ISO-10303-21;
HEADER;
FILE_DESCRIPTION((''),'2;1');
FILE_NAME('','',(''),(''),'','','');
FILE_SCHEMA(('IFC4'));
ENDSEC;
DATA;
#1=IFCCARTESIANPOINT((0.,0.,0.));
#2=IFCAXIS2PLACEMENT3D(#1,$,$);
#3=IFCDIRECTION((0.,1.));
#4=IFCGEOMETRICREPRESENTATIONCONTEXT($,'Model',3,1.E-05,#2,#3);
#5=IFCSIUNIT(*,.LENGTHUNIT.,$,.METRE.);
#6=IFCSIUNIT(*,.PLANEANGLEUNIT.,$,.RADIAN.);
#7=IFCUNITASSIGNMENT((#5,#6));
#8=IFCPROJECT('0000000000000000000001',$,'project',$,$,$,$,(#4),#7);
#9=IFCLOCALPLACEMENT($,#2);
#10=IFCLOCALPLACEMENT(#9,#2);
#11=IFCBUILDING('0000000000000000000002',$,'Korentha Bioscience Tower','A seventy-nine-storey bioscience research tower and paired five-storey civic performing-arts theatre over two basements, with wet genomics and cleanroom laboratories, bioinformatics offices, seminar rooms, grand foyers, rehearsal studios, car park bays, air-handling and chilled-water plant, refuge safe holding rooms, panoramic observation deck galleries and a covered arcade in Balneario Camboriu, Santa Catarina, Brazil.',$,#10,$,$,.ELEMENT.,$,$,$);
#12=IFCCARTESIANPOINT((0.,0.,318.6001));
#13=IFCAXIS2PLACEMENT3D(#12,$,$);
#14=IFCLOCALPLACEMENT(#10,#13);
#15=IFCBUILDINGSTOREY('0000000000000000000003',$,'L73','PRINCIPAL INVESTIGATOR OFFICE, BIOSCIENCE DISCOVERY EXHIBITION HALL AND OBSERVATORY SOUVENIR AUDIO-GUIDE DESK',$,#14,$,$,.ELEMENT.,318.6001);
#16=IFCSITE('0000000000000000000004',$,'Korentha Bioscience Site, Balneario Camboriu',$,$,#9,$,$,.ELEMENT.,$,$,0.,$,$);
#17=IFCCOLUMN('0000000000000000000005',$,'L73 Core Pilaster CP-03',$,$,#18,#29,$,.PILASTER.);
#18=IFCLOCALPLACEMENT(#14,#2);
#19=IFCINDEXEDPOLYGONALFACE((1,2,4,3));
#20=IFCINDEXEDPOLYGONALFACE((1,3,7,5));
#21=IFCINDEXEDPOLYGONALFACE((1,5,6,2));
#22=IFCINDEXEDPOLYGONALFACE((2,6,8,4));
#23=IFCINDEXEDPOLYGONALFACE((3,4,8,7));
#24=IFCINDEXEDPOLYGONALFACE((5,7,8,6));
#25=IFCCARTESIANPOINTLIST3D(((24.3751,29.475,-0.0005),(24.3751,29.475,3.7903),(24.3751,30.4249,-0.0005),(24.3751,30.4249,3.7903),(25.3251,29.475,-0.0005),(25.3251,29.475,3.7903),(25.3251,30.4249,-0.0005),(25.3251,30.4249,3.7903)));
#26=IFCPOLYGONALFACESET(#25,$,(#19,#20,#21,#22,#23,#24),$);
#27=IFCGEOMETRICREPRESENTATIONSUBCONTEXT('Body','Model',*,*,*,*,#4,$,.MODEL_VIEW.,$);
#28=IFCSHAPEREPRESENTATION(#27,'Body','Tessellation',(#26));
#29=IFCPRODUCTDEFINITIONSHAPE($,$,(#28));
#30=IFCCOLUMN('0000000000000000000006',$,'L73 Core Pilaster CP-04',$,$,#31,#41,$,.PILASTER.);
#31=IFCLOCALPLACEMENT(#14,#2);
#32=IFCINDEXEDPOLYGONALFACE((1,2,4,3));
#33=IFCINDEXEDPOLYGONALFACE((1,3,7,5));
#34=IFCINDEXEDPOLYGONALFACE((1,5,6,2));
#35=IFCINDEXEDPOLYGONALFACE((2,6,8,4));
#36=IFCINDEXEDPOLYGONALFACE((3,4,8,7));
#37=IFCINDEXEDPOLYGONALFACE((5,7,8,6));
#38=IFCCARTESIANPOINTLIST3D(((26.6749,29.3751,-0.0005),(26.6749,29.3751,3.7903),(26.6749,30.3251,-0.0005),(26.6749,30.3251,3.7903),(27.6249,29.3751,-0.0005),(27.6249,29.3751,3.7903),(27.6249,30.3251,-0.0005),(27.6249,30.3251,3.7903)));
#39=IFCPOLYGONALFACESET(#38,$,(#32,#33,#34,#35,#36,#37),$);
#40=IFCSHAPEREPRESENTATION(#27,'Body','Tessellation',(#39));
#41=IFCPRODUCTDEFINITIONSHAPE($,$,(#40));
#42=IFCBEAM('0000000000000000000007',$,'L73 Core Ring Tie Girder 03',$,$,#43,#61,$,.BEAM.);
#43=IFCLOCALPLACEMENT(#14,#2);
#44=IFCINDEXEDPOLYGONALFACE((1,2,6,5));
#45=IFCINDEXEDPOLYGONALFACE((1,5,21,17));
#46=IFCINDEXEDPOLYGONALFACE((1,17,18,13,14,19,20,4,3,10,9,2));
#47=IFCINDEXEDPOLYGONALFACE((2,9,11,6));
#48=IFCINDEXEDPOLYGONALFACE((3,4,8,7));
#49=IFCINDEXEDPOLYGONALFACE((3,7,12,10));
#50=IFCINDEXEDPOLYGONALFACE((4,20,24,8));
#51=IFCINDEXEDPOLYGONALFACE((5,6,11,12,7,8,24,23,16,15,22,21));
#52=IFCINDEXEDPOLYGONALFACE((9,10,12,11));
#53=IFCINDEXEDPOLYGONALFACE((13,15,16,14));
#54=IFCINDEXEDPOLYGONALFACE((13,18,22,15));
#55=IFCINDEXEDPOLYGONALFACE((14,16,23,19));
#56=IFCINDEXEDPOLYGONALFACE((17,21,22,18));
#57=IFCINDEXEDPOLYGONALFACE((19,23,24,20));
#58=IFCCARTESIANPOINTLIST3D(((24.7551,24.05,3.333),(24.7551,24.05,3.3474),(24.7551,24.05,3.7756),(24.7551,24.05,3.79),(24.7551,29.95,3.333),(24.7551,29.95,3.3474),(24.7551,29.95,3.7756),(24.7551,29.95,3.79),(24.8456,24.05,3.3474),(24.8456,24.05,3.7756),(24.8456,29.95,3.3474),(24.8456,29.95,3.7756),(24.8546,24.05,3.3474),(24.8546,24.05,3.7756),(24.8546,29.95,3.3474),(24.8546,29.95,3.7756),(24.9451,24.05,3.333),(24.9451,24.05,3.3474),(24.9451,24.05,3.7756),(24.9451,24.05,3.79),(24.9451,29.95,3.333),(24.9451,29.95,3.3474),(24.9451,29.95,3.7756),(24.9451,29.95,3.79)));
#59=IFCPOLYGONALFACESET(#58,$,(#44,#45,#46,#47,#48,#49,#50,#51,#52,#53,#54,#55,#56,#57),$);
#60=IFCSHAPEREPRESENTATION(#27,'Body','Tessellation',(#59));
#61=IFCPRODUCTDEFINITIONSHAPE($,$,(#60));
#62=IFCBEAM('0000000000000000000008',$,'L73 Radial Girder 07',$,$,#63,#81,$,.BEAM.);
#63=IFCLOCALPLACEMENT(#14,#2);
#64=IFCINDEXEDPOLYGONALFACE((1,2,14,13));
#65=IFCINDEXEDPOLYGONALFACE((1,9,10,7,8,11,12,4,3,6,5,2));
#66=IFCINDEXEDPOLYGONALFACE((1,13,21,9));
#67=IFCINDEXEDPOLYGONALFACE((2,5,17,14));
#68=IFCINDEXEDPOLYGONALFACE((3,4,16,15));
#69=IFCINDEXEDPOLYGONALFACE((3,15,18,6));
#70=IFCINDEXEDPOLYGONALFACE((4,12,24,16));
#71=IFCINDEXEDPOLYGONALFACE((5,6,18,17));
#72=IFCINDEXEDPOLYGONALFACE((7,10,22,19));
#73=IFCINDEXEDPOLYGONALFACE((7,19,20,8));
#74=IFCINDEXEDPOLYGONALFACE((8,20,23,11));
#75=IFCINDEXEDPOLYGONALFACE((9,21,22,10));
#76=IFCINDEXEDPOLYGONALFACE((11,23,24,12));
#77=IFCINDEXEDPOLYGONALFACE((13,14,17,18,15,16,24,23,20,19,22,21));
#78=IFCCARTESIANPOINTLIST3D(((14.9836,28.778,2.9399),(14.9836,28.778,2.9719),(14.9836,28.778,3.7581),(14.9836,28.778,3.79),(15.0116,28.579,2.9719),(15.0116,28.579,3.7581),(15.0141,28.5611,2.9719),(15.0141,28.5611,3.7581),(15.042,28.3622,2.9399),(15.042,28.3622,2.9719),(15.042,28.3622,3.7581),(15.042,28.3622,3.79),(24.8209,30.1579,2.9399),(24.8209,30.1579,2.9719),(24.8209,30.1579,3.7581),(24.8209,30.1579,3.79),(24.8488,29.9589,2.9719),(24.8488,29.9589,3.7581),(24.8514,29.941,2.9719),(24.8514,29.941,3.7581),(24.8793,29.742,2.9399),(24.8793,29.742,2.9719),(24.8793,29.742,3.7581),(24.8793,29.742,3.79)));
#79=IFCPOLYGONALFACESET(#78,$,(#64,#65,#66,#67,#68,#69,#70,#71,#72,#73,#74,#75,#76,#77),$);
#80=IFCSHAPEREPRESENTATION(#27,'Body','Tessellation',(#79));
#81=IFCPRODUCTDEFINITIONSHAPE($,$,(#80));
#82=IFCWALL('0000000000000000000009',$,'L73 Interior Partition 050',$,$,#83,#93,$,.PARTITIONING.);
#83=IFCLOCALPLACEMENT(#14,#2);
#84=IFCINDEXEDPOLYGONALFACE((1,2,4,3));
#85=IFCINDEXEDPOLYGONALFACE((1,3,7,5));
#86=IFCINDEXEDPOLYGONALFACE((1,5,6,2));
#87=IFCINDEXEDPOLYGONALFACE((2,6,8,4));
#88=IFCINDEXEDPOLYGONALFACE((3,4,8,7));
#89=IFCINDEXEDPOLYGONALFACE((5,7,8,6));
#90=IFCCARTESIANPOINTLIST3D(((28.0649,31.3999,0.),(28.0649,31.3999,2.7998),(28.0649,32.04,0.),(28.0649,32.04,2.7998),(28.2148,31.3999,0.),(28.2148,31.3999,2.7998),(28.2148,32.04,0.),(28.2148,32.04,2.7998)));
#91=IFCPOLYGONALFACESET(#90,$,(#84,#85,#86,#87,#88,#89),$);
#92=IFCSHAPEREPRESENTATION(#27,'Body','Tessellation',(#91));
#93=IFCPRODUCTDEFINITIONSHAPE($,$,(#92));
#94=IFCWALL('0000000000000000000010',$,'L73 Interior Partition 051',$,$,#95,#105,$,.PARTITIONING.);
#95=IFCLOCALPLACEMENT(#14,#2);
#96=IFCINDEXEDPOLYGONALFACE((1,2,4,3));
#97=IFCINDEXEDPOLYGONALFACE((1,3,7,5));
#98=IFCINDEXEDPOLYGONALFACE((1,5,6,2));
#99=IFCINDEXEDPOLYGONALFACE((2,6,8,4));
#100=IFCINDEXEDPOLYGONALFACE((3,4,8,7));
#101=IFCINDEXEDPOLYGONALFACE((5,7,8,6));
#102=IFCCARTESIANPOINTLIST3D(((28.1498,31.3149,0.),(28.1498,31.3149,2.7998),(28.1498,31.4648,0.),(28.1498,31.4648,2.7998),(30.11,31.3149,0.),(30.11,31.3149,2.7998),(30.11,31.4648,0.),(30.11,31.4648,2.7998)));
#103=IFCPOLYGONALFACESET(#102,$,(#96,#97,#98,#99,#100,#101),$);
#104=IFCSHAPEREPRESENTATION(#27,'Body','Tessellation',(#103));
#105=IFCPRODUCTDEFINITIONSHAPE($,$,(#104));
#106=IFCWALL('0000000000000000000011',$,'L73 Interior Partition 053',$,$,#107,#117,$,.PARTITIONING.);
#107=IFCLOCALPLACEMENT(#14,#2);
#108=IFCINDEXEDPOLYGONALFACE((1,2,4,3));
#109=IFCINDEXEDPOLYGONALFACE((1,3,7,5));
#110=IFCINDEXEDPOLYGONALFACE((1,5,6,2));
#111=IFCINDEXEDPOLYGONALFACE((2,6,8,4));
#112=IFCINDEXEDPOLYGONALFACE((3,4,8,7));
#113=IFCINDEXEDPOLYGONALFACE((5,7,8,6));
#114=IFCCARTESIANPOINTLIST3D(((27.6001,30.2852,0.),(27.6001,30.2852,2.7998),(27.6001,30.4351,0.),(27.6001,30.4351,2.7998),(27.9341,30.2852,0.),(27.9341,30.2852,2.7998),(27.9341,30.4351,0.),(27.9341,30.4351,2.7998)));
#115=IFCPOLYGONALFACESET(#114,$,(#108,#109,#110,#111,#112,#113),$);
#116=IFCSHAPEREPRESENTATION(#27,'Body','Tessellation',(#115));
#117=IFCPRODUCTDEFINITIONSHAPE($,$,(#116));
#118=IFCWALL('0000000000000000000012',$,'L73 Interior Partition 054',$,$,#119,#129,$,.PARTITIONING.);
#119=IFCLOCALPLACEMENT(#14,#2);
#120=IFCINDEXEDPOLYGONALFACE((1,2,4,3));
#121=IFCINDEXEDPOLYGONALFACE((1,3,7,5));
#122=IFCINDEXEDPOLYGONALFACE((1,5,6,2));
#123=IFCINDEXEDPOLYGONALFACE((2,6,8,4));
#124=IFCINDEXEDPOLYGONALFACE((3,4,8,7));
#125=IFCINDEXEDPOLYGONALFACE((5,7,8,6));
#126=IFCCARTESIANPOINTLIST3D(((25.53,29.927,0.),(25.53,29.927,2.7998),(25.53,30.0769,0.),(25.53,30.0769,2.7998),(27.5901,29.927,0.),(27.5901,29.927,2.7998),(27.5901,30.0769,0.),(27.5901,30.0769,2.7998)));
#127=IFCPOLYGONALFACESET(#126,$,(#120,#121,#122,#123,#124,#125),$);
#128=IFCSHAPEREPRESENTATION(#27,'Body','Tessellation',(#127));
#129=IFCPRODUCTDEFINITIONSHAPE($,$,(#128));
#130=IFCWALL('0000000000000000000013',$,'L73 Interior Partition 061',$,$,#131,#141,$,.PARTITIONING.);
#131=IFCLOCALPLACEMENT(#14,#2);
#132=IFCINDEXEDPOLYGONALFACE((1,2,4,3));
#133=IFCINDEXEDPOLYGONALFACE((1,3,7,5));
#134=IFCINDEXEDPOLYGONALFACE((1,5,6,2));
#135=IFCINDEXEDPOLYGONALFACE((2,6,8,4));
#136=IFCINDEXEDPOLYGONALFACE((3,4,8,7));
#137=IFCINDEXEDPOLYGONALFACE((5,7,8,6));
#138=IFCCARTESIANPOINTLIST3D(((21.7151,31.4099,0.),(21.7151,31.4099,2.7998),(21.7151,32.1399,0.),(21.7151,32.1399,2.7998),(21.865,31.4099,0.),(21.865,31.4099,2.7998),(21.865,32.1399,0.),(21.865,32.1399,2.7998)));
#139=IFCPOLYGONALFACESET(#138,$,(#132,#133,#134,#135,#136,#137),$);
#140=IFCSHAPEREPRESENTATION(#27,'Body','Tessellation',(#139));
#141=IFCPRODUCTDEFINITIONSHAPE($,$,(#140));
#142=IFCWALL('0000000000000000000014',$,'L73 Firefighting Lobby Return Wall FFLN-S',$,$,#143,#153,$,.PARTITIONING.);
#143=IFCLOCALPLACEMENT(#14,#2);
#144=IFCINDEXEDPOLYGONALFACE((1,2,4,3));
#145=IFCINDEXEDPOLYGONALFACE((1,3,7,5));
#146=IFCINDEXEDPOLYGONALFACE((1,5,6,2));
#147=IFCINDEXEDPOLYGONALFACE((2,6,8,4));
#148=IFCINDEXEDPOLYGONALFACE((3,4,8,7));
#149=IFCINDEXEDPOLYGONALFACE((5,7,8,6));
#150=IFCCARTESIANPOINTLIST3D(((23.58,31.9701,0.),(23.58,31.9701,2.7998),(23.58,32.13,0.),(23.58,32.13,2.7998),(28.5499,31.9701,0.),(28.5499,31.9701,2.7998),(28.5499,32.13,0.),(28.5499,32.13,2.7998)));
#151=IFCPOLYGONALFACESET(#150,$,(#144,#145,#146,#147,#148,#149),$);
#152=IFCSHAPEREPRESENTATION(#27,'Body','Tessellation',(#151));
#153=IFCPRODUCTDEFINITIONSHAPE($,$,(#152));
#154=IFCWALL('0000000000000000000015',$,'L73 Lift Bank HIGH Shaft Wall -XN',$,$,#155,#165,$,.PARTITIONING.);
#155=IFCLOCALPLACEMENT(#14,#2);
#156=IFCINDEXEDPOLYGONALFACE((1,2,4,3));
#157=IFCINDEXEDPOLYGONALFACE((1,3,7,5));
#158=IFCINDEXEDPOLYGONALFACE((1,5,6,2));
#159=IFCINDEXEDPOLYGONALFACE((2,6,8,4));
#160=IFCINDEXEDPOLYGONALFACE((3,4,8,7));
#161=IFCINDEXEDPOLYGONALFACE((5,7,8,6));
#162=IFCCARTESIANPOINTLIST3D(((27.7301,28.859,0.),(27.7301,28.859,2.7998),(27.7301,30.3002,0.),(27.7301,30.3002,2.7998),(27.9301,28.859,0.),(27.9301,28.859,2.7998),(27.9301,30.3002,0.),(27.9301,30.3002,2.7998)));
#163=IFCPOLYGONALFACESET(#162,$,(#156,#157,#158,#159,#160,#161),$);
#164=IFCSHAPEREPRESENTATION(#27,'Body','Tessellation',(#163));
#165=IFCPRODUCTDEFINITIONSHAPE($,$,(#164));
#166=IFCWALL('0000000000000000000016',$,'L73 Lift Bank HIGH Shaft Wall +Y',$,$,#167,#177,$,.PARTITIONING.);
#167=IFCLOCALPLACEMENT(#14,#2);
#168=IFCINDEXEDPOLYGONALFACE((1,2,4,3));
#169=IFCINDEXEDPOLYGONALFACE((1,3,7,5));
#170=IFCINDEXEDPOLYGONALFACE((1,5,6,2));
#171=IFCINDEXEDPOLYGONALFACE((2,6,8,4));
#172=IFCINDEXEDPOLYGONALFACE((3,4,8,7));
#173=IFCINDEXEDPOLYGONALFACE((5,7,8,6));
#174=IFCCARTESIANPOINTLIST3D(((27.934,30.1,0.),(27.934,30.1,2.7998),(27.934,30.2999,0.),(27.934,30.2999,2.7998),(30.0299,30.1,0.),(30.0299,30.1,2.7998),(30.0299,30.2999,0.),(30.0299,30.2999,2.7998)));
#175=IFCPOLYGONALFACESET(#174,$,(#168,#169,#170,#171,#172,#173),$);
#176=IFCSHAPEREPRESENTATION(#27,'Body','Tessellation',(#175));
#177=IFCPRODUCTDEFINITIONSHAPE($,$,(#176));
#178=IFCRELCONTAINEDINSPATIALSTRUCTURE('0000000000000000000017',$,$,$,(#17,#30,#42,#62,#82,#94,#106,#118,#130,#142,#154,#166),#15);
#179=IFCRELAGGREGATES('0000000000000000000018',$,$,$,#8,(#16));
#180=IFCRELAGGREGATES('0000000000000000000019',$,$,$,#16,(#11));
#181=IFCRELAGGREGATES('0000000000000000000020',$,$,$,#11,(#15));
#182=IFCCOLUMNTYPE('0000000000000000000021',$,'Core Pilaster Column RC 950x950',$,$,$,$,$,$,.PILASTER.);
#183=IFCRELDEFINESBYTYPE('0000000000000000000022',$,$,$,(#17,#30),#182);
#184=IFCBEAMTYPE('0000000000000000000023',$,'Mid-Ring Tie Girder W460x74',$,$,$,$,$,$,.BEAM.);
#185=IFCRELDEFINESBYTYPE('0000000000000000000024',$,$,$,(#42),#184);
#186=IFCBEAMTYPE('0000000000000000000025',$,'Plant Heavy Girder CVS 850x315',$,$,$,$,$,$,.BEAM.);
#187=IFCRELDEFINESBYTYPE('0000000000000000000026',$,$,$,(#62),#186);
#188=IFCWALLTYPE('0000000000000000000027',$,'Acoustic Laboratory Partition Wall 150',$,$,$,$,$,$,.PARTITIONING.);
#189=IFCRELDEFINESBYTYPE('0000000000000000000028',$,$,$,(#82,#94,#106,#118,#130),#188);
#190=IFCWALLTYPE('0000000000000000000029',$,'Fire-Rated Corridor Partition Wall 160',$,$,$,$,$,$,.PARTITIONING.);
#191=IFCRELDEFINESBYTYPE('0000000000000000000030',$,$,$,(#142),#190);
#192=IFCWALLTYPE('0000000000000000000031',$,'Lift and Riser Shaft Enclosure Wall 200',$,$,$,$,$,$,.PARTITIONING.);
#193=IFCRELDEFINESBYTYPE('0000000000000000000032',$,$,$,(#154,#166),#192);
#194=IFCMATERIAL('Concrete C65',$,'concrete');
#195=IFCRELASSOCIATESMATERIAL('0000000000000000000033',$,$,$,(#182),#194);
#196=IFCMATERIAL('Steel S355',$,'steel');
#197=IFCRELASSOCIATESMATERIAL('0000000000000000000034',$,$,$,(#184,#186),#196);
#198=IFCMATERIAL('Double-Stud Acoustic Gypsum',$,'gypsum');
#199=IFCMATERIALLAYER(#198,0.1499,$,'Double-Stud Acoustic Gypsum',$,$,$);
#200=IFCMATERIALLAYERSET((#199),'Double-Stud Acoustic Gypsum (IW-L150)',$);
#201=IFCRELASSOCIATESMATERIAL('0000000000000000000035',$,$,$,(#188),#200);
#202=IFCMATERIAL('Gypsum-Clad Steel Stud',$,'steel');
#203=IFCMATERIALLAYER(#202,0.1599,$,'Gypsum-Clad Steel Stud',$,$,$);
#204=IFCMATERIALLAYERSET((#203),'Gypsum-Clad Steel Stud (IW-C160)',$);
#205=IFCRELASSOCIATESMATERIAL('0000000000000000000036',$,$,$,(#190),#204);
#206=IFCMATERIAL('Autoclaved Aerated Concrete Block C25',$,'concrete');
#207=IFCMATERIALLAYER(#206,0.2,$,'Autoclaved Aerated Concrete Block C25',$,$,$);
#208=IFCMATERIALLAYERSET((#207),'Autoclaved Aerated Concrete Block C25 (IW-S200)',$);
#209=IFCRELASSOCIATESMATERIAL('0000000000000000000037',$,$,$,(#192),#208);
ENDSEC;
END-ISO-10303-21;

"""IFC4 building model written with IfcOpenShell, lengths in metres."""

from ifc_helpers import new_model, si_unit, direction, frame, frame_2d, origin, origin_2d, place, context, subcontext, project, spatial, rectangle, i_section, extrude, material, layer, layer_set, material_profile, profile_set, type_object, element, save


model = new_model("IFC4")

# Units and contexts
model_context = context("Model", 3, precision=1e-05, world=origin(), true_north=direction((0.0, 1.0)))
body_context = subcontext(model_context, "Body", "Model", "MODEL_VIEW")
ifc_project = project(units=[si_unit("LENGTHUNIT", "METRE"), si_unit("PLANEANGLEUNIT", "RADIAN")], contexts=[model_context])

# Site, building, storey
site_placement = place(None, origin())
site = spatial("IfcSite", under=ifc_project, at=site_placement, Name="Korentha Bioscience Site, Balneario Camboriu", CompositionType="ELEMENT", RefElevation=0.0)
building_placement = place(site_placement, origin())
building = spatial("IfcBuilding", under=site, at=building_placement, Name="Korentha Bioscience Tower", Description="A seventy-nine-storey bioscience research tower and paired five-storey civic performing-arts theatre over two basements, with wet genomics and cleanroom laboratories, bioinformatics offices, seminar rooms, grand foyers, rehearsal studios, car park bays, air-handling and chilled-water plant, refuge safe holding rooms, panoramic observation deck galleries and a covered arcade in Balneario Camboriu, Santa Catarina, Brazil.", CompositionType="ELEMENT")
storey_placement = place(building_placement, frame((0.0, 0.0, 318.6001)))
storey = spatial("IfcBuildingStorey", under=building, at=storey_placement, Name="L73", Description="PRINCIPAL INVESTIGATOR OFFICE, BIOSCIENCE DISCOVERY EXHIBITION HALL AND OBSERVATORY SOUVENIR AUDIO-GUIDE DESK", CompositionType="ELEMENT", Elevation=318.6001)

# Columns
ifc_material_1 = material(Name="Concrete C65", Category="concrete")
ifc_material_profile_1 = material_profile(ifc_material_1, rectangle(XDim=0.95, YDim=0.95, at=origin_2d()), Name="Concrete C65")
ifc_profile_set_1 = profile_set([ifc_material_profile_1], Name="Concrete C65 (COL-CP09)")
column_type = type_object("IfcColumnType", Name="Core Pilaster Column RC 950x950", PredefinedType="PILASTER", material=ifc_profile_set_1)
for number, where, z_axis, x_axis, name in (
    (1, (24.8501, 29.95, -0.0005), (0.0, 0.0, 1.0), (1.0, 0.0, 0.0), "L73 Core Pilaster CP-03"),
    (2, (27.1499, 29.8501, -0.0005), (0.0, 0.0, 1.0), (1.0, 0.0, 0.0), "L73 Core Pilaster CP-04"),
):
    element("IfcColumn", number, at=place(storey_placement, frame(where, z_axis=z_axis, x_axis=x_axis)), inside=storey, type_object=column_type, Name=name, PredefinedType="PILASTER", context=body_context, shape_type="SweptSolid", body=[
        extrude(rectangle(XDim=0.95, YDim=0.95, at=origin_2d()), origin(), (0.0, 0.0, 1.0), 3.7908),
    ])

# Beams
ifc_material_2 = material(Name="Steel S355", Category="steel")
ifc_material_profile_2 = material_profile(ifc_material_2, i_section(OverallWidth=0.1899, OverallDepth=0.457, WebThickness=0.009, FlangeThickness=0.0144, at=origin_2d()), Name="Steel S355")
ifc_profile_set_2 = profile_set([ifc_material_profile_2], Name="Steel S355 (MB-460)")
beam_type_1 = type_object("IfcBeamType", Name="Mid-Ring Tie Girder W460x74", PredefinedType="BEAM", material=ifc_profile_set_2)
beam_1_placement = place(storey_placement, frame((24.8501, 29.95, 3.5615), z_axis=(0.0, -1.0, 0.0), x_axis=(1.0, 0.0, 0.0)))
element("IfcBeam", 3, at=beam_1_placement, inside=storey, type_object=beam_type_1, Name="L73 Core Ring Tie Girder 03", PredefinedType="BEAM", context=body_context, shape_type="SweptSolid", body=[
    extrude(i_section(OverallWidth=0.1899, OverallDepth=0.457, WebThickness=0.009, FlangeThickness=0.0144, at=origin_2d()), origin(), (0.0, 0.0, 1.0), 5.8999),
])
ifc_material_profile_3 = material_profile(ifc_material_2, i_section(OverallWidth=0.4199, OverallDepth=0.8501, WebThickness=0.0181, FlangeThickness=0.032, at=origin_2d()), Name="Steel S355")
ifc_profile_set_3 = profile_set([ifc_material_profile_3], Name="Steel S355 (MB-850)")
beam_type_2 = type_object("IfcBeamType", Name="Plant Heavy Girder CVS 850x315", PredefinedType="BEAM", material=ifc_profile_set_3)
beam_2_placement = place(storey_placement, frame((24.8501, 29.95, 3.365), z_axis=(-0.990305, -0.138909, 0.0), x_axis=(0.138909, -0.990305, 0.0)))
element("IfcBeam", 4, at=beam_2_placement, inside=storey, type_object=beam_type_2, Name="L73 Radial Girder 07", PredefinedType="BEAM", context=body_context, shape_type="SweptSolid", body=[
    extrude(i_section(OverallWidth=0.4199, OverallDepth=0.8501, WebThickness=0.0181, FlangeThickness=0.032, at=origin_2d()), origin(), (0.0, 0.0, 1.0), 9.9336),
])

# Shared definitions
ifc_material_3 = material(Name="Double-Stud Acoustic Gypsum", Category="gypsum")
ifc_layer_1 = layer(ifc_material_3, 0.1499, Name="Double-Stud Acoustic Gypsum")
ifc_layer_set_1 = layer_set([ifc_layer_1], Name="Double-Stud Acoustic Gypsum (IW-L150)")
wall_type_1 = type_object("IfcWallType", Name="Acoustic Laboratory Partition Wall 150", PredefinedType="PARTITIONING", material=ifc_layer_set_1)

# Walls
wall_1_placement = place(storey_placement, frame((28.1399, 32.04, 0.0), z_axis=(0.0, 0.0, 1.0), x_axis=(0.0, -1.0, 0.0)))
element("IfcWall", 5, at=wall_1_placement, inside=storey, type_object=wall_type_1, Name="L73 Interior Partition 050", PredefinedType="PARTITIONING", context=body_context, shape_type="SweptSolid", body=[
    extrude(rectangle(XDim=0.6401, YDim=0.1499, at=frame_2d((0.3201, 0.0))), origin(), (0.0, 0.0, 1.0), 2.7998),
])
wall_2_placement = place(storey_placement, frame((28.1499, 31.3899, 0.0), z_axis=(0.0, 0.0, 1.0), x_axis=(1.0, 0.0, 0.0)))
element("IfcWall", 6, at=wall_2_placement, inside=storey, type_object=wall_type_1, Name="L73 Interior Partition 051", PredefinedType="PARTITIONING", context=body_context, shape_type="SweptSolid", body=[
    extrude(rectangle(XDim=1.9602, YDim=0.1499, at=frame_2d((0.98, 0.0))), origin(), (0.0, 0.0, 1.0), 2.7998),
])
wall_3_placement = place(storey_placement, frame((27.9341, 30.3601, 0.0), z_axis=(0.0, 0.0, 1.0), x_axis=(-1.0, 0.0, 0.0)))
element("IfcWall", 7, at=wall_3_placement, inside=storey, type_object=wall_type_1, Name="L73 Interior Partition 053", PredefinedType="PARTITIONING", context=body_context, shape_type="SweptSolid", body=[
    extrude(rectangle(XDim=0.334, YDim=0.1499, at=frame_2d((0.167, 0.0))), origin(), (0.0, 0.0, 1.0), 2.7998),
])
wall_4_placement = place(storey_placement, frame((27.5901, 30.002, 0.0), z_axis=(0.0, 0.0, 1.0), x_axis=(-1.0, 0.0, 0.0)))
element("IfcWall", 8, at=wall_4_placement, inside=storey, type_object=wall_type_1, Name="L73 Interior Partition 054", PredefinedType="PARTITIONING", context=body_context, shape_type="SweptSolid", body=[
    extrude(rectangle(XDim=2.0601, YDim=0.1499, at=frame_2d((1.03, 0.0))), origin(), (0.0, 0.0, 1.0), 2.7998),
])
wall_5_placement = place(storey_placement, frame((21.79, 32.1399, 0.0), z_axis=(0.0, 0.0, 1.0), x_axis=(0.0, -1.0, 0.0)))
element("IfcWall", 9, at=wall_5_placement, inside=storey, type_object=wall_type_1, Name="L73 Interior Partition 061", PredefinedType="PARTITIONING", context=body_context, shape_type="SweptSolid", body=[
    extrude(rectangle(XDim=0.73, YDim=0.1499, at=frame_2d((0.365, 0.0))), origin(), (0.0, 0.0, 1.0), 2.7998),
])

# Shared definitions
ifc_material_4 = material(Name="Gypsum-Clad Steel Stud", Category="steel")
ifc_layer_2 = layer(ifc_material_4, 0.1599, Name="Gypsum-Clad Steel Stud")
ifc_layer_set_2 = layer_set([ifc_layer_2], Name="Gypsum-Clad Steel Stud (IW-C160)")
wall_type_2 = type_object("IfcWallType", Name="Fire-Rated Corridor Partition Wall 160", PredefinedType="PARTITIONING", material=ifc_layer_set_2)

# Walls
wall_6_placement = place(storey_placement, frame((23.5801, 32.05, 0.0), z_axis=(0.0, 0.0, 1.0), x_axis=(1.0, 0.0, 0.0)))
element("IfcWall", 10, at=wall_6_placement, inside=storey, type_object=wall_type_2, Name="L73 Firefighting Lobby Return Wall FFLN-S", PredefinedType="PARTITIONING", context=body_context, shape_type="SweptSolid", body=[
    extrude(rectangle(XDim=4.97, YDim=0.1599, at=frame_2d((2.4849, 0.0))), origin(), (0.0, 0.0, 1.0), 2.7998),
])
ifc_material_5 = material(Name="Autoclaved Aerated Concrete Block C25", Category="concrete")
ifc_layer_3 = layer(ifc_material_5, 0.2, Name="Autoclaved Aerated Concrete Block C25")
ifc_layer_set_3 = layer_set([ifc_layer_3], Name="Autoclaved Aerated Concrete Block C25 (IW-S200)")
wall_type_3 = type_object("IfcWallType", Name="Lift and Riser Shaft Enclosure Wall 200", PredefinedType="PARTITIONING", material=ifc_layer_set_3)
wall_7_placement = place(storey_placement, frame((27.8301, 28.8589, 0.0), z_axis=(0.0, 0.0, 1.0), x_axis=(0.0, 1.0, 0.0)))
element("IfcWall", 11, at=wall_7_placement, inside=storey, type_object=wall_type_3, Name="L73 Lift Bank HIGH Shaft Wall -XN", PredefinedType="PARTITIONING", context=body_context, shape_type="SweptSolid", body=[
    extrude(rectangle(XDim=1.4412, YDim=0.2, at=frame_2d((0.7207, 0.0))), origin(), (0.0, 0.0, 1.0), 2.7998),
])
wall_8_placement = place(storey_placement, frame((27.9341, 30.2, 0.0), z_axis=(0.0, 0.0, 1.0), x_axis=(1.0, 0.0, 0.0)))
element("IfcWall", 12, at=wall_8_placement, inside=storey, type_object=wall_type_3, Name="L73 Lift Bank HIGH Shaft Wall +Y", PredefinedType="PARTITIONING", context=body_context, shape_type="SweptSolid", body=[
    extrude(rectangle(XDim=2.0959, YDim=0.2, at=frame_2d((1.0479, 0.0))), origin(), (0.0, 0.0, 1.0), 2.7998),
])

save(model, "model.ifc")
